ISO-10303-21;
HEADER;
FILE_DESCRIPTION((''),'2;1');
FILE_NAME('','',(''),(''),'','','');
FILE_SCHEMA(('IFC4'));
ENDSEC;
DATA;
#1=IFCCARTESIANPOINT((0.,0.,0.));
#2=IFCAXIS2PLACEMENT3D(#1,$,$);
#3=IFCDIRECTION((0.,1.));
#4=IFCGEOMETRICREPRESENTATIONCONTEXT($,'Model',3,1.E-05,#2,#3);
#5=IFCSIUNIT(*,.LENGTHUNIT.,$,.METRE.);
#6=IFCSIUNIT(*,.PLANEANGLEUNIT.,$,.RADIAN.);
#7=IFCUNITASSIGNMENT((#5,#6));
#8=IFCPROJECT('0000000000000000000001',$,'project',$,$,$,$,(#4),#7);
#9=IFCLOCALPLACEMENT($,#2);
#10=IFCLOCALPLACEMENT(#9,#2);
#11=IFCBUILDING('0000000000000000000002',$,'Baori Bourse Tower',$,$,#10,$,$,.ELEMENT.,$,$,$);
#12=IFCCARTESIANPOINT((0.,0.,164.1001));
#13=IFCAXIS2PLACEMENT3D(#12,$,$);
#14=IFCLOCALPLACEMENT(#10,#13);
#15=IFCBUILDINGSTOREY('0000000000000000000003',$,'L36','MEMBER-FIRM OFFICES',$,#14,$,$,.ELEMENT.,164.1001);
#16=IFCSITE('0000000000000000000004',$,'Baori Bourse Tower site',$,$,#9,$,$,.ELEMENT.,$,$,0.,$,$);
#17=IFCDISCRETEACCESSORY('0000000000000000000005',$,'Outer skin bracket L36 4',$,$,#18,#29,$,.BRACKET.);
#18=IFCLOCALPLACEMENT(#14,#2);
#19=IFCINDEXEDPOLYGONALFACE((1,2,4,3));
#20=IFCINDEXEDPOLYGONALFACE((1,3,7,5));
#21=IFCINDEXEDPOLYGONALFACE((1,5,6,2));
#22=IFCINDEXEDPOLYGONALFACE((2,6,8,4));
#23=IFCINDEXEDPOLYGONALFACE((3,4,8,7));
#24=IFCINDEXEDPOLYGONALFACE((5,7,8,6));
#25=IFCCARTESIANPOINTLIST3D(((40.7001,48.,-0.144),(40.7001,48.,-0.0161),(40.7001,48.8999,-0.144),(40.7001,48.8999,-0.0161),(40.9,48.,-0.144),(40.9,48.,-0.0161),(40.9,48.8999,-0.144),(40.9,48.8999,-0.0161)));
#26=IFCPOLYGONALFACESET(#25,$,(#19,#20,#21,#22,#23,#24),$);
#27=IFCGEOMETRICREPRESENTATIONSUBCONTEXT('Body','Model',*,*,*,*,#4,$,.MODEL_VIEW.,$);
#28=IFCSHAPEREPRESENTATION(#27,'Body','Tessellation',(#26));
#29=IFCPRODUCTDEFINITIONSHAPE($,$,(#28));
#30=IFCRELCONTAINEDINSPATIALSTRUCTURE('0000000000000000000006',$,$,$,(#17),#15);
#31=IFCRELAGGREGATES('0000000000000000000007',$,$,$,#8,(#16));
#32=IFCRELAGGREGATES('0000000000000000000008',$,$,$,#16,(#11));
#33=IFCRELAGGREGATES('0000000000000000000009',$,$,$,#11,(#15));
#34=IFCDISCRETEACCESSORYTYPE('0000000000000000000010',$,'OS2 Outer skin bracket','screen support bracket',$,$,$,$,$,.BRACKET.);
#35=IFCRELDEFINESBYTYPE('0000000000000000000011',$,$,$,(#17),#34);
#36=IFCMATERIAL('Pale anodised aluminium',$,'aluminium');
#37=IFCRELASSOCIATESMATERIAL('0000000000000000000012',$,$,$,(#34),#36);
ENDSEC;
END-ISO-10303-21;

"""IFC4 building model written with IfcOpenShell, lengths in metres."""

from ifc_helpers import new_model, si_unit, direction, frame, origin, origin_2d, place, context, subcontext, project, spatial, rectangle, extrude, material, type_object, element, save


model = new_model("IFC4")

# Units and contexts
model_context = context("Model", 3, precision=1e-05, world=origin(), true_north=direction((0.0, 1.0)))
body_context = subcontext(model_context, "Body", "Model", "MODEL_VIEW")
ifc_project = project(units=[si_unit("LENGTHUNIT", "METRE"), si_unit("PLANEANGLEUNIT", "RADIAN")], contexts=[model_context])

# Site, building, storey
site_placement = place(None, origin())
site = spatial("IfcSite", under=ifc_project, at=site_placement, Name="Baori Bourse Tower site", CompositionType="ELEMENT", RefElevation=0.0)
building_placement = place(site_placement, origin())
building = spatial("IfcBuilding", under=site, at=building_placement, Name="Baori Bourse Tower", CompositionType="ELEMENT")
storey_placement = place(building_placement, frame((0.0, 0.0, 164.1001)))
storey = spatial("IfcBuildingStorey", under=building, at=storey_placement, Name="L36", Description="MEMBER-FIRM OFFICES", CompositionType="ELEMENT", Elevation=164.1001)

# Discrete accessory
ifc_material_1 = material(Name="Pale anodised aluminium", Category="aluminium")
discrete_accessory_type = type_object("IfcDiscreteAccessoryType", Name="OS2 Outer skin bracket", Description="screen support bracket", PredefinedType="BRACKET", material=ifc_material_1)
for number, where, z_axis, x_axis, name in (
    (1, (40.8, 48.45, -0.144), (0.0, 0.0, 1.0), (-1.0, 0.0, 0.0), "Outer skin bracket L36 4"),
):
    element("IfcDiscreteAccessory", number, at=place(storey_placement, frame(where, z_axis=z_axis, x_axis=x_axis)), inside=storey, type_object=discrete_accessory_type, Name=name, PredefinedType="BRACKET", context=body_context, shape_type="SweptSolid", body=[
        extrude(rectangle(XDim=0.2, YDim=0.8999, at=origin_2d()), origin(), (0.0, 0.0, 1.0), 0.1279),
    ])

save(model, "model.ifc")
